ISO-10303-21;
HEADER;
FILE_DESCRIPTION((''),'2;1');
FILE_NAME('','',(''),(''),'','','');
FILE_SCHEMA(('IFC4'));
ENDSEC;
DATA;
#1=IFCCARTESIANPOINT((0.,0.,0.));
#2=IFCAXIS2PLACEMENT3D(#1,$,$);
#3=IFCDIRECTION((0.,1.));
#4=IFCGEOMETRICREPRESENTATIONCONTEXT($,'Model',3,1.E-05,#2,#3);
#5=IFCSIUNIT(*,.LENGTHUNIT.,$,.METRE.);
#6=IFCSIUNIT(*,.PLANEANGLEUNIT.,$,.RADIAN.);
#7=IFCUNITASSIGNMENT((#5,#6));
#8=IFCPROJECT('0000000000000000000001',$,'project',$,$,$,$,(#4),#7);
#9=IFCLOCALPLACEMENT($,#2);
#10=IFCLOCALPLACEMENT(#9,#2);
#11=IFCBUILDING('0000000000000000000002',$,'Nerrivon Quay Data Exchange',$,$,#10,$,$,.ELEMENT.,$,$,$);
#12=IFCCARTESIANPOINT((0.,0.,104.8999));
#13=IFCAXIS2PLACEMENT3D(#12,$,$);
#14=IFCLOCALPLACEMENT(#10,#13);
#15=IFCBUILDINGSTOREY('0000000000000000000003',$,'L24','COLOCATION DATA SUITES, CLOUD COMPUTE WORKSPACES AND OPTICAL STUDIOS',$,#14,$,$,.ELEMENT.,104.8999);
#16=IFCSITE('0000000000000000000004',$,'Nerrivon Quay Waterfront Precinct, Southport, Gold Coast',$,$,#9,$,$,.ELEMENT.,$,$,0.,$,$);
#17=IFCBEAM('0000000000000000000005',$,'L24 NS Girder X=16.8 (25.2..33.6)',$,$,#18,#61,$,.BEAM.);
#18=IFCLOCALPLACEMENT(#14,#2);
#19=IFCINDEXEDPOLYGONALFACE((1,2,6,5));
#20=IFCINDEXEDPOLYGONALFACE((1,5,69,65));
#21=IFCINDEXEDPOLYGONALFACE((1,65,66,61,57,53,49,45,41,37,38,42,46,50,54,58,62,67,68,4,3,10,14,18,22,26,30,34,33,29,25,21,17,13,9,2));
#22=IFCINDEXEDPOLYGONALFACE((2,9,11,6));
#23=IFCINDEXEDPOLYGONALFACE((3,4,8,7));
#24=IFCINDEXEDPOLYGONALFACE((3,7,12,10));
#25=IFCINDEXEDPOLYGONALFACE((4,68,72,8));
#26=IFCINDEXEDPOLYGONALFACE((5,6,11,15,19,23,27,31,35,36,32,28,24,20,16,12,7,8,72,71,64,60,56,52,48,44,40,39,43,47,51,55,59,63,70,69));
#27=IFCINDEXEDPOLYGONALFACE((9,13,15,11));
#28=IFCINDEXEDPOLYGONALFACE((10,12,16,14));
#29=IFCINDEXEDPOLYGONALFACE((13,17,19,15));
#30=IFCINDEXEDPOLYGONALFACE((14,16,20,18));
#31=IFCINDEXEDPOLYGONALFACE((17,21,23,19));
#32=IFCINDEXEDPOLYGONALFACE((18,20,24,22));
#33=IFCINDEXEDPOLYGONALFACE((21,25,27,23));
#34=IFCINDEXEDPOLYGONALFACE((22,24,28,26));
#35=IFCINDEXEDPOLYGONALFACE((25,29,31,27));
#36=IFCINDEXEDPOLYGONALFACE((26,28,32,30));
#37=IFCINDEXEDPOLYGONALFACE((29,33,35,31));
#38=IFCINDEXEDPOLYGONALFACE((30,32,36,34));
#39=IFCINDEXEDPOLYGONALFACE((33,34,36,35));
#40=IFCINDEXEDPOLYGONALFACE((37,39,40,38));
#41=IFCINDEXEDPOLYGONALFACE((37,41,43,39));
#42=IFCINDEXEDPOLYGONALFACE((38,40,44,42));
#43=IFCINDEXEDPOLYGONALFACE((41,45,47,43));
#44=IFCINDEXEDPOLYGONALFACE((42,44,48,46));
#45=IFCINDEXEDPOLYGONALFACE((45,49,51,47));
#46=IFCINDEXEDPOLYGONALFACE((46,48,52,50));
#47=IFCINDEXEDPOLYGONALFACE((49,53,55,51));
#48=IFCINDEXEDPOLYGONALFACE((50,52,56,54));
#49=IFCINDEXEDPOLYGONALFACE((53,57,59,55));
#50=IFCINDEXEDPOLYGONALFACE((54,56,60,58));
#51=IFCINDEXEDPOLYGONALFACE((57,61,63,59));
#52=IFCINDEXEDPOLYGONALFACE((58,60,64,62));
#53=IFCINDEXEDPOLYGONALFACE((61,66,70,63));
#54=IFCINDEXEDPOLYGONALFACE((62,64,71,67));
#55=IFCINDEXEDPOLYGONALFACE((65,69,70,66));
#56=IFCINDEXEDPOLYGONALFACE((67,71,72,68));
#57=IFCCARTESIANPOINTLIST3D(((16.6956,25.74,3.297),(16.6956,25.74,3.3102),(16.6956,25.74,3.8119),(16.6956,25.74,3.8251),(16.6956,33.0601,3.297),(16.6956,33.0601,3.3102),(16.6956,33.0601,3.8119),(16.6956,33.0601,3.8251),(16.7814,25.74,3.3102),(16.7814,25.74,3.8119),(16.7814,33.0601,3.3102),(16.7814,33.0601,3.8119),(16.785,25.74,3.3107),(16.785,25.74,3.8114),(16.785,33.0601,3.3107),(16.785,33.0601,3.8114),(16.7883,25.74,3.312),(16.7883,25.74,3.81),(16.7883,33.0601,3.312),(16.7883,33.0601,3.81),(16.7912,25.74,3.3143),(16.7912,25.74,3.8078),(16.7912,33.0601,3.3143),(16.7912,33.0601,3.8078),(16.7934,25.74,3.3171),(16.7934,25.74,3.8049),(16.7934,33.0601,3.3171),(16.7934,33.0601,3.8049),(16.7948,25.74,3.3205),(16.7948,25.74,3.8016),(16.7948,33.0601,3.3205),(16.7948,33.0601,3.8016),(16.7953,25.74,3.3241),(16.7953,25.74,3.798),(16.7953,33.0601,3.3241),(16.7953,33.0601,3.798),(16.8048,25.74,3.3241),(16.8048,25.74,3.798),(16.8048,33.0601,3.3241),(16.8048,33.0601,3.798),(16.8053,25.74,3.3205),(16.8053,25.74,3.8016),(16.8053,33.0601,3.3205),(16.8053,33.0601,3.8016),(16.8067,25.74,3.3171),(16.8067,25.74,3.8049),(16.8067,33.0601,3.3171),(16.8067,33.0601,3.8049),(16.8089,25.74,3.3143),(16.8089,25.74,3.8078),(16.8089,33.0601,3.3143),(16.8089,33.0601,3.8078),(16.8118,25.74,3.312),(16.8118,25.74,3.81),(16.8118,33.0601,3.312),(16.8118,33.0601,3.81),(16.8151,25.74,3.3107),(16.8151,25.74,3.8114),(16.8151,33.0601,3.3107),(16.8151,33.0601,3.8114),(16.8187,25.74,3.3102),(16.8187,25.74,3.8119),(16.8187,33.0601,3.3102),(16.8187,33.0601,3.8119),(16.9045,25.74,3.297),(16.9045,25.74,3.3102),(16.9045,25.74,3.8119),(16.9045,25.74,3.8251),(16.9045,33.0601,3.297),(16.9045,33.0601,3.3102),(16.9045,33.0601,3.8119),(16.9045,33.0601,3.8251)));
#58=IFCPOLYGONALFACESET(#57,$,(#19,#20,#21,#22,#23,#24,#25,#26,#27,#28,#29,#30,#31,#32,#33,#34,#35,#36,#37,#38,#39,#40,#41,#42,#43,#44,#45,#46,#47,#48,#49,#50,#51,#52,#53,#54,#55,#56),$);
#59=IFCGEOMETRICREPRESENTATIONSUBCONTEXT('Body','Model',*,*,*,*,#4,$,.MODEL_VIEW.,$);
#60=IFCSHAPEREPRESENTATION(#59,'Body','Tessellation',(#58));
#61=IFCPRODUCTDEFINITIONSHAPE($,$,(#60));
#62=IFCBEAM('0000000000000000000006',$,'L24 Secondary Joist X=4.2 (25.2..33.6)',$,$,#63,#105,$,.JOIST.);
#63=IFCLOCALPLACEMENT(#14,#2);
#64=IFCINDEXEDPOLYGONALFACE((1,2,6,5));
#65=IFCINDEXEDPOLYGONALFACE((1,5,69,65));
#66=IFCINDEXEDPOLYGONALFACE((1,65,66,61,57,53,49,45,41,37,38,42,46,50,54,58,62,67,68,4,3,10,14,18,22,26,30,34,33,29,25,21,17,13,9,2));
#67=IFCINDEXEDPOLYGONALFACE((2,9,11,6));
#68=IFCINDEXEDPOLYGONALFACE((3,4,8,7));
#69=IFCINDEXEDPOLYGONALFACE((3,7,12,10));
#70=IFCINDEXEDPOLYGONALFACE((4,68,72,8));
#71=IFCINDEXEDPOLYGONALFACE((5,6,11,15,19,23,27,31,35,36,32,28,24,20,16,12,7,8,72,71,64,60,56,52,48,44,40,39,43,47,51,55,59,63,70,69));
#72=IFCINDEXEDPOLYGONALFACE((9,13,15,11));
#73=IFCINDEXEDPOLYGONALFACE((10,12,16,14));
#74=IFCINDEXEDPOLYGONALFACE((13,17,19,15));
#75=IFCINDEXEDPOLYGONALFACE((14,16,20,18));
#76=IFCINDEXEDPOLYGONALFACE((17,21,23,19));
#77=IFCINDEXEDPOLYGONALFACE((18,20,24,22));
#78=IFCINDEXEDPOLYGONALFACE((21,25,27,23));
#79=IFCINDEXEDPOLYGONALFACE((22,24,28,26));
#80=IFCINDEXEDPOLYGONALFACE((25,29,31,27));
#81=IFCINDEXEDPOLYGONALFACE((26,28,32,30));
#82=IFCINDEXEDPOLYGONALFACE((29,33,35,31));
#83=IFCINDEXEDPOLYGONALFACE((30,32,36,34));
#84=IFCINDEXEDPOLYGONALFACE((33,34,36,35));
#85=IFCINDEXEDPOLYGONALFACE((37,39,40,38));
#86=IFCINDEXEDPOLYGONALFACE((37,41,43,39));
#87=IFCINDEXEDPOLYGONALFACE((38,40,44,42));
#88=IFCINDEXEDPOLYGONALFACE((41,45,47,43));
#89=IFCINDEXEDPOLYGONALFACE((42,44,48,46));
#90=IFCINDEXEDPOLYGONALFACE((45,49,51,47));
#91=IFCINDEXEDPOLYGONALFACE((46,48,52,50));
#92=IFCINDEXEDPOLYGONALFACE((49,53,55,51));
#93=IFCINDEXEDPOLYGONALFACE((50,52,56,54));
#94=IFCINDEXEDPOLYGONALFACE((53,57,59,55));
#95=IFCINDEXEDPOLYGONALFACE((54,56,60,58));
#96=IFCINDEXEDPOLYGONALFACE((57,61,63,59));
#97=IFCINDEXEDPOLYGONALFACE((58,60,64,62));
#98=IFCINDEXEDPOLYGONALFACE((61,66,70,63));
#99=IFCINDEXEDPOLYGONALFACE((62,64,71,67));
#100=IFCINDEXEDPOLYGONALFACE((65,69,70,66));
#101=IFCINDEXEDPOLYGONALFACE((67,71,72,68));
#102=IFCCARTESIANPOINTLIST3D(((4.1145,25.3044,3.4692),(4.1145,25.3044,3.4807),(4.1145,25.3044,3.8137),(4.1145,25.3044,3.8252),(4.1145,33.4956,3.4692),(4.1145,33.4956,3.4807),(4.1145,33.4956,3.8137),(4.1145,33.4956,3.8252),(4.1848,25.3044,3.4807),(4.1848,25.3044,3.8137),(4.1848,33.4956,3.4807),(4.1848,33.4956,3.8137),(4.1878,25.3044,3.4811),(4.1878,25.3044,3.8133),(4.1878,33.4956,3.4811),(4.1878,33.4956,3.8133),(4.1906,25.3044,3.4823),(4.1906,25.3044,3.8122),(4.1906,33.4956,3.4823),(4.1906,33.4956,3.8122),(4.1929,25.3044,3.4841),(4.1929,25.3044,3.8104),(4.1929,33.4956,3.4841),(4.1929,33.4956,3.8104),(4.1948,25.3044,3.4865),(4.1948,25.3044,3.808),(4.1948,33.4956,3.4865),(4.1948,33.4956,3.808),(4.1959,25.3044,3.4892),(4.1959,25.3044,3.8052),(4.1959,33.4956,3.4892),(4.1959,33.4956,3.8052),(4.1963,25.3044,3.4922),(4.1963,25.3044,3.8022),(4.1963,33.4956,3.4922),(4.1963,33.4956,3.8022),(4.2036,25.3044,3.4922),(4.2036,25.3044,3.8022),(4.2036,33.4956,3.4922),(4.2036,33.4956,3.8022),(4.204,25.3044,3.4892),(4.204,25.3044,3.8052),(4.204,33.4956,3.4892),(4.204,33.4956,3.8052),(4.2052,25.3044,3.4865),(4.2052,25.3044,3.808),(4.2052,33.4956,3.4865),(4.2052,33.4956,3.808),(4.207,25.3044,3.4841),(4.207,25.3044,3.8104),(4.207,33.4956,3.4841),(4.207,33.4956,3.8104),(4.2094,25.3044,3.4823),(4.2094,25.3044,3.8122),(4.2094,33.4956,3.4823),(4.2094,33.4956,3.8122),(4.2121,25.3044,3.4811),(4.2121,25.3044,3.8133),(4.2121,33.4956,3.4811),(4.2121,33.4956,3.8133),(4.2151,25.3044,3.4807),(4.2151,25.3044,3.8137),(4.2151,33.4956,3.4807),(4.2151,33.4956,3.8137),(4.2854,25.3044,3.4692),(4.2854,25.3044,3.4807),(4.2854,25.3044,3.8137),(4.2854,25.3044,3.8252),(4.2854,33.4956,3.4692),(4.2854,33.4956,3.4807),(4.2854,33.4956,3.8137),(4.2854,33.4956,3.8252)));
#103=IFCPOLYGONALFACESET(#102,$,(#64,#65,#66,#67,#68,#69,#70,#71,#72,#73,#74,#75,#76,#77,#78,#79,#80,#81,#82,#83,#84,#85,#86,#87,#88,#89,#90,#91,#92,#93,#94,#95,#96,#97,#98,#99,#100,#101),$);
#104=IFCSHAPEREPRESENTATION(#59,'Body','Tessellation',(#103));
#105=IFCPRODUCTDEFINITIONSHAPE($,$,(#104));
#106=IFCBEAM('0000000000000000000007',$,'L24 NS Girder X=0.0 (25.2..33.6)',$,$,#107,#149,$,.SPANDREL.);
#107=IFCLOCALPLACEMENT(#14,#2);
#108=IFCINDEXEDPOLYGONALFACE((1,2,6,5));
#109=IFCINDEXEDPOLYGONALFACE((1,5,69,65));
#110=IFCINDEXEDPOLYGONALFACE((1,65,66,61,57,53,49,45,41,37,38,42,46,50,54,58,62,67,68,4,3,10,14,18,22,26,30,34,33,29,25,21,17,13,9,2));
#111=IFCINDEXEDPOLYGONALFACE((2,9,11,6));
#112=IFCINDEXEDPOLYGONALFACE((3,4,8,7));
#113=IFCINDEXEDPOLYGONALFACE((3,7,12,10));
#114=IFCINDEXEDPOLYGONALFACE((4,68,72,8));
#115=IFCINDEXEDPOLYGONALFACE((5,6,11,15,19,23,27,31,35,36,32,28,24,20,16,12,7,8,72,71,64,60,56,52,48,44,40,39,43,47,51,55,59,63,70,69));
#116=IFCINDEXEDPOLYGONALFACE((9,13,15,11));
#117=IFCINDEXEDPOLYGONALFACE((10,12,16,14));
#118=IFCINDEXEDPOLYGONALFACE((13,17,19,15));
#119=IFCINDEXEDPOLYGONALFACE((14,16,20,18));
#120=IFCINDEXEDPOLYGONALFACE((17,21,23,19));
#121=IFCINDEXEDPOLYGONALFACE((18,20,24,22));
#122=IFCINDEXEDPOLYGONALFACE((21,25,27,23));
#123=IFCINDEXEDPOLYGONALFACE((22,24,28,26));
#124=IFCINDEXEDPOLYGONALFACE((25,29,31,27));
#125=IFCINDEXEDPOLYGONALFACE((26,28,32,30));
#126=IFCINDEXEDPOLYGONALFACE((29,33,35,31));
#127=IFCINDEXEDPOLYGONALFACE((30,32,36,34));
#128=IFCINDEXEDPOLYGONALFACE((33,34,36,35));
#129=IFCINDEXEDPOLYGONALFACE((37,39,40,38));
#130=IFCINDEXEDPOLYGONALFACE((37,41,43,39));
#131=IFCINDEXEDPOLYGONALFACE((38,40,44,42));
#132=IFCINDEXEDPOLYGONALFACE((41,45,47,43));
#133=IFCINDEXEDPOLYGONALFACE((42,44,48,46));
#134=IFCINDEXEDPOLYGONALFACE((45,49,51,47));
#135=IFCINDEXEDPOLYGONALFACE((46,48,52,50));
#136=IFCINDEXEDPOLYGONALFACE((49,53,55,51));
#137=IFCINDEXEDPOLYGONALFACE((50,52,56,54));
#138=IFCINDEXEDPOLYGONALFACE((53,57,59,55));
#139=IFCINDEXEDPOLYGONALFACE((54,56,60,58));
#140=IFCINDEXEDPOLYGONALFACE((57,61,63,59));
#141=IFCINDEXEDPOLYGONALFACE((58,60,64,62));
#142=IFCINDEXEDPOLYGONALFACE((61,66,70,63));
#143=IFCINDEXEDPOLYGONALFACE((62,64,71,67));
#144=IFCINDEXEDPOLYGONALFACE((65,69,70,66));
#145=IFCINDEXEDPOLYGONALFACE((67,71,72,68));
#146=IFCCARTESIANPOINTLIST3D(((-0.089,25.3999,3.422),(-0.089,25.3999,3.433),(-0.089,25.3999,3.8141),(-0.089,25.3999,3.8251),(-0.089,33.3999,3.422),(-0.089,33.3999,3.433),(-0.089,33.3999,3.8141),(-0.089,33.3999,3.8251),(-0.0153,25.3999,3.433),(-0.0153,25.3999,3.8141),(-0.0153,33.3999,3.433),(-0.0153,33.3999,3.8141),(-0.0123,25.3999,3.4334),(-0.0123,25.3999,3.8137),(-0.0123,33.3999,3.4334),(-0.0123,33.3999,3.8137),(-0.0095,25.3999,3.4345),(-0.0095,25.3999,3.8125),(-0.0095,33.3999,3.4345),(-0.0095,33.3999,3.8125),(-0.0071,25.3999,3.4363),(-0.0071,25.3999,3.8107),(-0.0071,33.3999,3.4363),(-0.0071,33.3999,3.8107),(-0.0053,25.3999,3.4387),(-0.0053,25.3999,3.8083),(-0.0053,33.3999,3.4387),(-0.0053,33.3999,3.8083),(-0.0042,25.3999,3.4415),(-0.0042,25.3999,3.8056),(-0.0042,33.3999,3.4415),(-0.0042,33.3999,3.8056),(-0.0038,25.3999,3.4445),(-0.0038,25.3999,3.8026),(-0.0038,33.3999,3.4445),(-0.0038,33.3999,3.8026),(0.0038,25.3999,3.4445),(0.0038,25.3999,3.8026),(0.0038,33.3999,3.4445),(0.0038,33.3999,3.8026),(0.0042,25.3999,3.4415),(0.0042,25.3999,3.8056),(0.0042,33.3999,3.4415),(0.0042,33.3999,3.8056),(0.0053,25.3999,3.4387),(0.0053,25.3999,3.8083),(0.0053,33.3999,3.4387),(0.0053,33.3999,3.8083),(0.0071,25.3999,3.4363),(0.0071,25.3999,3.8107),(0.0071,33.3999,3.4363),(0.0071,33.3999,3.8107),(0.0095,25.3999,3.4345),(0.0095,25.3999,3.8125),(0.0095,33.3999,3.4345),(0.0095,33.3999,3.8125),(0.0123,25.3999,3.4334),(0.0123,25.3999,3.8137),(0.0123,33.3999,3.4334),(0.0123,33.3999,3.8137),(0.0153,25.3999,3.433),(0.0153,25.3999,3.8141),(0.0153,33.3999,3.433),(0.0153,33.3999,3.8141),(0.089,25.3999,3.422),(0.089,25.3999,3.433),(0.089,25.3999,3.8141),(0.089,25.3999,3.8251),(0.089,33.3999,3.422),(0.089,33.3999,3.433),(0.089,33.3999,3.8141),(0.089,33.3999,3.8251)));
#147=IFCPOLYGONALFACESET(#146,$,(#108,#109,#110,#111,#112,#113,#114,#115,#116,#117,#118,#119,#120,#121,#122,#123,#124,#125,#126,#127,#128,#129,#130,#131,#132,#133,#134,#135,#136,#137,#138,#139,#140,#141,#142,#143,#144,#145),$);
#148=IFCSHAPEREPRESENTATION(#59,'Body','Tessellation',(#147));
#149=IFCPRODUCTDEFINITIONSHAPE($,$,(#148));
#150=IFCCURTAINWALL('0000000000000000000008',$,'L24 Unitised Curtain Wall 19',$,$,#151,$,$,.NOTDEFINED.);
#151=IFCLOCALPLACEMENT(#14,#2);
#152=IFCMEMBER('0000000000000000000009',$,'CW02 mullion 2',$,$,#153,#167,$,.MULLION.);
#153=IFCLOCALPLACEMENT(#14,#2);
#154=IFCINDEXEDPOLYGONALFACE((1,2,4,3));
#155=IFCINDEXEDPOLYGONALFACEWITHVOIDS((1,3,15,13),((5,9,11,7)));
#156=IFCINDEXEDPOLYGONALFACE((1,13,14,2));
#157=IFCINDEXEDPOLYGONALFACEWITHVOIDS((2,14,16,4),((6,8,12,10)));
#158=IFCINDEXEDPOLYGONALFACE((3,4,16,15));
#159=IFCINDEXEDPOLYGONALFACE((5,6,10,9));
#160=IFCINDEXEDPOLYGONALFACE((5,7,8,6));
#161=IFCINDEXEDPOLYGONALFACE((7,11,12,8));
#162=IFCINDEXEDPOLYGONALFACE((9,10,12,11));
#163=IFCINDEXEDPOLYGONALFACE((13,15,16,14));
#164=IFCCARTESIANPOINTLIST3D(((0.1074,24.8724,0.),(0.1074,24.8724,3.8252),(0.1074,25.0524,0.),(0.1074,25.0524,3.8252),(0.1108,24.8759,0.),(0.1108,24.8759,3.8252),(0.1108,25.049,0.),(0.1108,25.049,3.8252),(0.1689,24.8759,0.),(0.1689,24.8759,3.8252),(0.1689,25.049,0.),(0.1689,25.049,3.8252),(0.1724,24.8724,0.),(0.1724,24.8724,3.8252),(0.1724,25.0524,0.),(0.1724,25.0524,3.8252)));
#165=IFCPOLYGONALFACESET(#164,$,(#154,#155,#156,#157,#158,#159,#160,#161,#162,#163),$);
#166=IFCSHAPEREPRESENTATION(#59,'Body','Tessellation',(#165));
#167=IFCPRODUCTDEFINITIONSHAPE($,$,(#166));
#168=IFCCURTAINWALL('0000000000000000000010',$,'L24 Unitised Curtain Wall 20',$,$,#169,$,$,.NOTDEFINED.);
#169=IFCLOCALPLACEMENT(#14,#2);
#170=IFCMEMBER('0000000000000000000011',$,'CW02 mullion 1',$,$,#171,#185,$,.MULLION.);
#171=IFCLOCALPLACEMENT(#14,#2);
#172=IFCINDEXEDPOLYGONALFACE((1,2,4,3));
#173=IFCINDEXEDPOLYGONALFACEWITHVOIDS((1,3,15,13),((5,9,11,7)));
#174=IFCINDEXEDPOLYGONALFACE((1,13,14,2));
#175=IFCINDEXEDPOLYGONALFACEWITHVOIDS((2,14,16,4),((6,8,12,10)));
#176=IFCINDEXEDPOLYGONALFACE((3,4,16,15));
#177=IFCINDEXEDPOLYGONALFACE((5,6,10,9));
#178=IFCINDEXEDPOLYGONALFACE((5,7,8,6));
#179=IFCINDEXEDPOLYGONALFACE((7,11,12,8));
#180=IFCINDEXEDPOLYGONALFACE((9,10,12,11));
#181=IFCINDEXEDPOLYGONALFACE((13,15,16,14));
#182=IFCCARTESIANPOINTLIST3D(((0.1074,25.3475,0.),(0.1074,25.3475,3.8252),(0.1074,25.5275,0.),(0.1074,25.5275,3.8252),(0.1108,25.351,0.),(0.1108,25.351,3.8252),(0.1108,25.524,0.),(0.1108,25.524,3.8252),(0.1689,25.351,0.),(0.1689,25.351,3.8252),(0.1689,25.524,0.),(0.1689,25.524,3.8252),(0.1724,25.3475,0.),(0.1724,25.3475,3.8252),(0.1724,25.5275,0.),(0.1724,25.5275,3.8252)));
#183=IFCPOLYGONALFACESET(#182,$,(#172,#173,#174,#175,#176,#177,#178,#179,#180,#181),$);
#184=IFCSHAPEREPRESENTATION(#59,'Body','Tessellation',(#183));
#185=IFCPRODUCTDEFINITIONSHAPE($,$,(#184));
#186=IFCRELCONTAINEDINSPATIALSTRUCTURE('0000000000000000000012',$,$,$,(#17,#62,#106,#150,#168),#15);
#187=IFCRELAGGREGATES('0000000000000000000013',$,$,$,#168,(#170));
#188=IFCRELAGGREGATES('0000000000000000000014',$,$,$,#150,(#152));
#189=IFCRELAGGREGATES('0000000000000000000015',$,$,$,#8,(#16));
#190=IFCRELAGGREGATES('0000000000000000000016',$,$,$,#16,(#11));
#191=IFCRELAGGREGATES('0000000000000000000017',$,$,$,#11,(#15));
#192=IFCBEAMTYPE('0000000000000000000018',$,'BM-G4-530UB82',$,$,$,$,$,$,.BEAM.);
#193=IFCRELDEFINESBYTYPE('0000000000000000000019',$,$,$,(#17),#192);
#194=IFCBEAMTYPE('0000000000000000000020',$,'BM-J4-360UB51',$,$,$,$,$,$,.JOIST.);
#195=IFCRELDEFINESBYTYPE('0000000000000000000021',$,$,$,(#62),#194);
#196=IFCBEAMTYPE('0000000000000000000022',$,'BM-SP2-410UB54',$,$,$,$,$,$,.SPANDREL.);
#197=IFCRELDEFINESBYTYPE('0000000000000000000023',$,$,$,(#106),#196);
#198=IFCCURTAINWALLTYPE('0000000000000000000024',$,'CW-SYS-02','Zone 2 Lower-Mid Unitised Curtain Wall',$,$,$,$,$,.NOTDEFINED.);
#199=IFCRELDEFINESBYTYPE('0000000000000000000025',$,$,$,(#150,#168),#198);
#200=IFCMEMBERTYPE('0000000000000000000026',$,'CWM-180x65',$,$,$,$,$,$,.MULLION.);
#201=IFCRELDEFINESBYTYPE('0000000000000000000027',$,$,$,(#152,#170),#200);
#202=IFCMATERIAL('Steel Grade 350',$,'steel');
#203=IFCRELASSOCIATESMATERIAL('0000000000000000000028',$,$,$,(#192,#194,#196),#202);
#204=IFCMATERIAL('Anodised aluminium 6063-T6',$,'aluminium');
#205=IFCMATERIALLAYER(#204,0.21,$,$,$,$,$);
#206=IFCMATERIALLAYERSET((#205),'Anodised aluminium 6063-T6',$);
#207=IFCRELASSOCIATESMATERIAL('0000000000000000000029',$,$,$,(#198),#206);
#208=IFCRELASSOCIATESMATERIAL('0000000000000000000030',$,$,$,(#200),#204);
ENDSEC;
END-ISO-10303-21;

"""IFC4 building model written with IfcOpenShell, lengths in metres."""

from ifc_helpers import new_model, si_unit, direction, frame, origin, origin_2d, place, context, subcontext, project, spatial, hollow_rectangle, i_section, extrude, material, layer, layer_set, material_profile, profile_set, type_object, element, aggregate, save


model = new_model("IFC4")

# Units and contexts
model_context = context("Model", 3, precision=1e-05, world=origin(), true_north=direction((0.0, 1.0)))
body_context = subcontext(model_context, "Body", "Model", "MODEL_VIEW")
ifc_project = project(units=[si_unit("LENGTHUNIT", "METRE"), si_unit("PLANEANGLEUNIT", "RADIAN")], contexts=[model_context])

# Site, building, storey
site_placement = place(None, origin())
site = spatial("IfcSite", under=ifc_project, at=site_placement, Name="Nerrivon Quay Waterfront Precinct, Southport, Gold Coast", CompositionType="ELEMENT", RefElevation=0.0)
building_placement = place(site_placement, origin())
building = spatial("IfcBuilding", under=site, at=building_placement, Name="Nerrivon Quay Data Exchange", CompositionType="ELEMENT")
storey_placement = place(building_placement, frame((0.0, 0.0, 104.8999)))
storey = spatial("IfcBuildingStorey", under=building, at=storey_placement, Name="L24", Description="COLOCATION DATA SUITES, CLOUD COMPUTE WORKSPACES AND OPTICAL STUDIOS", CompositionType="ELEMENT", Elevation=104.8999)

# Shared definitions
ifc_material_1 = material(Name="Steel Grade 350", Category="steel")

# Beams
ifc_material_profile_1 = material_profile(ifc_material_1, i_section(OverallWidth=0.209, OverallDepth=0.5281, WebThickness=0.0095, FlangeThickness=0.0132, FilletRadius=0.0139, at=origin_2d()), Name="530UB82.0")
ifc_profile_set_1 = profile_set([ifc_material_profile_1], Name="Steel Grade 350")
beam_type_1 = type_object("IfcBeamType", Name="BM-G4-530UB82", PredefinedType="BEAM", material=ifc_profile_set_1)
beam_1_placement = place(storey_placement, frame((16.8, 25.74, 3.561), z_axis=(0.0, 1.0, 0.0), x_axis=(-1.0, 0.0, 0.0)))
element("IfcBeam", 1, at=beam_1_placement, inside=storey, type_object=beam_type_1, Name="L24 NS Girder X=16.8 (25.2..33.6)", PredefinedType="BEAM", context=body_context, shape_type="SweptSolid", body=[
    extrude(i_section(OverallWidth=0.209, OverallDepth=0.5281, WebThickness=0.0095, FlangeThickness=0.0132, FilletRadius=0.0139, at=origin_2d()), origin(), (0.0, 0.0, 1.0), 7.3201),
])
ifc_material_profile_2 = material_profile(ifc_material_1, i_section(OverallWidth=0.1709, OverallDepth=0.356, WebThickness=0.0073, FlangeThickness=0.0115, FilletRadius=0.0115, at=origin_2d()), Name="360UB50.7")
ifc_profile_set_2 = profile_set([ifc_material_profile_2], Name="Steel Grade 350")
beam_type_2 = type_object("IfcBeamType", Name="BM-J4-360UB51", PredefinedType="JOIST", material=ifc_profile_set_2)
beam_2_placement = place(storey_placement, frame((4.2, 25.3044, 3.6472), z_axis=(0.0, 1.0, 0.0), x_axis=(-1.0, 0.0, 0.0)))
element("IfcBeam", 2, at=beam_2_placement, inside=storey, type_object=beam_type_2, Name="L24 Secondary Joist X=4.2 (25.2..33.6)", PredefinedType="JOIST", context=body_context, shape_type="SweptSolid", body=[
    extrude(i_section(OverallWidth=0.1709, OverallDepth=0.356, WebThickness=0.0073, FlangeThickness=0.0115, FilletRadius=0.0115, at=origin_2d()), origin(), (0.0, 0.0, 1.0), 8.1912),
])
ifc_material_profile_3 = material_profile(ifc_material_1, i_section(OverallWidth=0.178, OverallDepth=0.4031, WebThickness=0.0076, FlangeThickness=0.011, FilletRadius=0.0115, at=origin_2d()), Name="410UB53.7")
ifc_profile_set_3 = profile_set([ifc_material_profile_3], Name="Steel Grade 350")
beam_type_3 = type_object("IfcBeamType", Name="BM-SP2-410UB54", PredefinedType="SPANDREL", material=ifc_profile_set_3)
beam_3_placement = place(storey_placement, frame((0.0, 25.3999, 3.6235), z_axis=(0.0, 1.0, 0.0), x_axis=(-1.0, 0.0, 0.0)))
element("IfcBeam", 3, at=beam_3_placement, inside=storey, type_object=beam_type_3, Name="L24 NS Girder X=0.0 (25.2..33.6)", PredefinedType="SPANDREL", context=body_context, shape_type="SweptSolid", body=[
    extrude(i_section(OverallWidth=0.178, OverallDepth=0.4031, WebThickness=0.0076, FlangeThickness=0.011, FilletRadius=0.0115, at=origin_2d()), origin(), (0.0, 0.0, 1.0), 8.0),
])

# Curtain walls, members
ifc_material_2 = material(Name="Anodised aluminium 6063-T6", Category="aluminium")
ifc_layer_1 = layer(ifc_material_2, 0.21)
ifc_layer_set_1 = layer_set([ifc_layer_1], Name="Anodised aluminium 6063-T6")
curtain_wall_type = type_object("IfcCurtainWallType", Name="CW-SYS-02", Description="Zone 2 Lower-Mid Unitised Curtain Wall", PredefinedType="NOTDEFINED", material=ifc_layer_set_1)
curtain_wall_1_placement = place(storey_placement, origin())
curtain_wall_1 = element("IfcCurtainWall", 4, at=curtain_wall_1_placement, inside=storey, type_object=curtain_wall_type, Name="L24 Unitised Curtain Wall 19", PredefinedType="NOTDEFINED")
ifc_material_profile_4 = material_profile(ifc_material_2, hollow_rectangle(XDim=0.0649, YDim=0.1799, WallThickness=0.0034, at=origin_2d()), Name="ALU-MULL-180x65")
ifc_profile_set_4 = profile_set([ifc_material_profile_4], Name="Anodised aluminium 6063-T6")
member_type_1 = type_object("IfcMemberType", Name="CWM-180x65", PredefinedType="MULLION", material=ifc_profile_set_4)
member_1_placement = place(storey_placement, frame((0.1399, 24.9624, 0.0), z_axis=(0.0, 0.0, 1.0), x_axis=(-1.0, 0.0, 0.0)))
member_1 = element("IfcMember", 5, at=member_1_placement, type_object=member_type_1, Name="CW02 mullion 2", PredefinedType="MULLION", context=body_context, shape_type="SweptSolid", body=[
    extrude(hollow_rectangle(XDim=0.0649, YDim=0.1799, WallThickness=0.0034, at=origin_2d()), origin(), (0.0, 0.0, 1.0), 3.8252),
])
curtain_wall_2_placement = place(storey_placement, origin())
curtain_wall_2 = element("IfcCurtainWall", 6, at=curtain_wall_2_placement, inside=storey, type_object=curtain_wall_type, Name="L24 Unitised Curtain Wall 20", PredefinedType="NOTDEFINED")
member_2_placement = place(storey_placement, frame((0.1399, 25.4375, 0.0), z_axis=(0.0, 0.0, 1.0), x_axis=(-1.0, 0.0, 0.0)))
member_2 = element("IfcMember", 7, at=member_2_placement, type_object=member_type_1, Name="CW02 mullion 1", PredefinedType="MULLION", context=body_context, shape_type="SweptSolid", body=[
    extrude(hollow_rectangle(XDim=0.0649, YDim=0.1799, WallThickness=0.0034, at=origin_2d()), origin(), (0.0, 0.0, 1.0), 3.8252),
])

aggregate(curtain_wall_2, [member_2])

aggregate(curtain_wall_1, [member_1])

save(model, "model.ifc")
